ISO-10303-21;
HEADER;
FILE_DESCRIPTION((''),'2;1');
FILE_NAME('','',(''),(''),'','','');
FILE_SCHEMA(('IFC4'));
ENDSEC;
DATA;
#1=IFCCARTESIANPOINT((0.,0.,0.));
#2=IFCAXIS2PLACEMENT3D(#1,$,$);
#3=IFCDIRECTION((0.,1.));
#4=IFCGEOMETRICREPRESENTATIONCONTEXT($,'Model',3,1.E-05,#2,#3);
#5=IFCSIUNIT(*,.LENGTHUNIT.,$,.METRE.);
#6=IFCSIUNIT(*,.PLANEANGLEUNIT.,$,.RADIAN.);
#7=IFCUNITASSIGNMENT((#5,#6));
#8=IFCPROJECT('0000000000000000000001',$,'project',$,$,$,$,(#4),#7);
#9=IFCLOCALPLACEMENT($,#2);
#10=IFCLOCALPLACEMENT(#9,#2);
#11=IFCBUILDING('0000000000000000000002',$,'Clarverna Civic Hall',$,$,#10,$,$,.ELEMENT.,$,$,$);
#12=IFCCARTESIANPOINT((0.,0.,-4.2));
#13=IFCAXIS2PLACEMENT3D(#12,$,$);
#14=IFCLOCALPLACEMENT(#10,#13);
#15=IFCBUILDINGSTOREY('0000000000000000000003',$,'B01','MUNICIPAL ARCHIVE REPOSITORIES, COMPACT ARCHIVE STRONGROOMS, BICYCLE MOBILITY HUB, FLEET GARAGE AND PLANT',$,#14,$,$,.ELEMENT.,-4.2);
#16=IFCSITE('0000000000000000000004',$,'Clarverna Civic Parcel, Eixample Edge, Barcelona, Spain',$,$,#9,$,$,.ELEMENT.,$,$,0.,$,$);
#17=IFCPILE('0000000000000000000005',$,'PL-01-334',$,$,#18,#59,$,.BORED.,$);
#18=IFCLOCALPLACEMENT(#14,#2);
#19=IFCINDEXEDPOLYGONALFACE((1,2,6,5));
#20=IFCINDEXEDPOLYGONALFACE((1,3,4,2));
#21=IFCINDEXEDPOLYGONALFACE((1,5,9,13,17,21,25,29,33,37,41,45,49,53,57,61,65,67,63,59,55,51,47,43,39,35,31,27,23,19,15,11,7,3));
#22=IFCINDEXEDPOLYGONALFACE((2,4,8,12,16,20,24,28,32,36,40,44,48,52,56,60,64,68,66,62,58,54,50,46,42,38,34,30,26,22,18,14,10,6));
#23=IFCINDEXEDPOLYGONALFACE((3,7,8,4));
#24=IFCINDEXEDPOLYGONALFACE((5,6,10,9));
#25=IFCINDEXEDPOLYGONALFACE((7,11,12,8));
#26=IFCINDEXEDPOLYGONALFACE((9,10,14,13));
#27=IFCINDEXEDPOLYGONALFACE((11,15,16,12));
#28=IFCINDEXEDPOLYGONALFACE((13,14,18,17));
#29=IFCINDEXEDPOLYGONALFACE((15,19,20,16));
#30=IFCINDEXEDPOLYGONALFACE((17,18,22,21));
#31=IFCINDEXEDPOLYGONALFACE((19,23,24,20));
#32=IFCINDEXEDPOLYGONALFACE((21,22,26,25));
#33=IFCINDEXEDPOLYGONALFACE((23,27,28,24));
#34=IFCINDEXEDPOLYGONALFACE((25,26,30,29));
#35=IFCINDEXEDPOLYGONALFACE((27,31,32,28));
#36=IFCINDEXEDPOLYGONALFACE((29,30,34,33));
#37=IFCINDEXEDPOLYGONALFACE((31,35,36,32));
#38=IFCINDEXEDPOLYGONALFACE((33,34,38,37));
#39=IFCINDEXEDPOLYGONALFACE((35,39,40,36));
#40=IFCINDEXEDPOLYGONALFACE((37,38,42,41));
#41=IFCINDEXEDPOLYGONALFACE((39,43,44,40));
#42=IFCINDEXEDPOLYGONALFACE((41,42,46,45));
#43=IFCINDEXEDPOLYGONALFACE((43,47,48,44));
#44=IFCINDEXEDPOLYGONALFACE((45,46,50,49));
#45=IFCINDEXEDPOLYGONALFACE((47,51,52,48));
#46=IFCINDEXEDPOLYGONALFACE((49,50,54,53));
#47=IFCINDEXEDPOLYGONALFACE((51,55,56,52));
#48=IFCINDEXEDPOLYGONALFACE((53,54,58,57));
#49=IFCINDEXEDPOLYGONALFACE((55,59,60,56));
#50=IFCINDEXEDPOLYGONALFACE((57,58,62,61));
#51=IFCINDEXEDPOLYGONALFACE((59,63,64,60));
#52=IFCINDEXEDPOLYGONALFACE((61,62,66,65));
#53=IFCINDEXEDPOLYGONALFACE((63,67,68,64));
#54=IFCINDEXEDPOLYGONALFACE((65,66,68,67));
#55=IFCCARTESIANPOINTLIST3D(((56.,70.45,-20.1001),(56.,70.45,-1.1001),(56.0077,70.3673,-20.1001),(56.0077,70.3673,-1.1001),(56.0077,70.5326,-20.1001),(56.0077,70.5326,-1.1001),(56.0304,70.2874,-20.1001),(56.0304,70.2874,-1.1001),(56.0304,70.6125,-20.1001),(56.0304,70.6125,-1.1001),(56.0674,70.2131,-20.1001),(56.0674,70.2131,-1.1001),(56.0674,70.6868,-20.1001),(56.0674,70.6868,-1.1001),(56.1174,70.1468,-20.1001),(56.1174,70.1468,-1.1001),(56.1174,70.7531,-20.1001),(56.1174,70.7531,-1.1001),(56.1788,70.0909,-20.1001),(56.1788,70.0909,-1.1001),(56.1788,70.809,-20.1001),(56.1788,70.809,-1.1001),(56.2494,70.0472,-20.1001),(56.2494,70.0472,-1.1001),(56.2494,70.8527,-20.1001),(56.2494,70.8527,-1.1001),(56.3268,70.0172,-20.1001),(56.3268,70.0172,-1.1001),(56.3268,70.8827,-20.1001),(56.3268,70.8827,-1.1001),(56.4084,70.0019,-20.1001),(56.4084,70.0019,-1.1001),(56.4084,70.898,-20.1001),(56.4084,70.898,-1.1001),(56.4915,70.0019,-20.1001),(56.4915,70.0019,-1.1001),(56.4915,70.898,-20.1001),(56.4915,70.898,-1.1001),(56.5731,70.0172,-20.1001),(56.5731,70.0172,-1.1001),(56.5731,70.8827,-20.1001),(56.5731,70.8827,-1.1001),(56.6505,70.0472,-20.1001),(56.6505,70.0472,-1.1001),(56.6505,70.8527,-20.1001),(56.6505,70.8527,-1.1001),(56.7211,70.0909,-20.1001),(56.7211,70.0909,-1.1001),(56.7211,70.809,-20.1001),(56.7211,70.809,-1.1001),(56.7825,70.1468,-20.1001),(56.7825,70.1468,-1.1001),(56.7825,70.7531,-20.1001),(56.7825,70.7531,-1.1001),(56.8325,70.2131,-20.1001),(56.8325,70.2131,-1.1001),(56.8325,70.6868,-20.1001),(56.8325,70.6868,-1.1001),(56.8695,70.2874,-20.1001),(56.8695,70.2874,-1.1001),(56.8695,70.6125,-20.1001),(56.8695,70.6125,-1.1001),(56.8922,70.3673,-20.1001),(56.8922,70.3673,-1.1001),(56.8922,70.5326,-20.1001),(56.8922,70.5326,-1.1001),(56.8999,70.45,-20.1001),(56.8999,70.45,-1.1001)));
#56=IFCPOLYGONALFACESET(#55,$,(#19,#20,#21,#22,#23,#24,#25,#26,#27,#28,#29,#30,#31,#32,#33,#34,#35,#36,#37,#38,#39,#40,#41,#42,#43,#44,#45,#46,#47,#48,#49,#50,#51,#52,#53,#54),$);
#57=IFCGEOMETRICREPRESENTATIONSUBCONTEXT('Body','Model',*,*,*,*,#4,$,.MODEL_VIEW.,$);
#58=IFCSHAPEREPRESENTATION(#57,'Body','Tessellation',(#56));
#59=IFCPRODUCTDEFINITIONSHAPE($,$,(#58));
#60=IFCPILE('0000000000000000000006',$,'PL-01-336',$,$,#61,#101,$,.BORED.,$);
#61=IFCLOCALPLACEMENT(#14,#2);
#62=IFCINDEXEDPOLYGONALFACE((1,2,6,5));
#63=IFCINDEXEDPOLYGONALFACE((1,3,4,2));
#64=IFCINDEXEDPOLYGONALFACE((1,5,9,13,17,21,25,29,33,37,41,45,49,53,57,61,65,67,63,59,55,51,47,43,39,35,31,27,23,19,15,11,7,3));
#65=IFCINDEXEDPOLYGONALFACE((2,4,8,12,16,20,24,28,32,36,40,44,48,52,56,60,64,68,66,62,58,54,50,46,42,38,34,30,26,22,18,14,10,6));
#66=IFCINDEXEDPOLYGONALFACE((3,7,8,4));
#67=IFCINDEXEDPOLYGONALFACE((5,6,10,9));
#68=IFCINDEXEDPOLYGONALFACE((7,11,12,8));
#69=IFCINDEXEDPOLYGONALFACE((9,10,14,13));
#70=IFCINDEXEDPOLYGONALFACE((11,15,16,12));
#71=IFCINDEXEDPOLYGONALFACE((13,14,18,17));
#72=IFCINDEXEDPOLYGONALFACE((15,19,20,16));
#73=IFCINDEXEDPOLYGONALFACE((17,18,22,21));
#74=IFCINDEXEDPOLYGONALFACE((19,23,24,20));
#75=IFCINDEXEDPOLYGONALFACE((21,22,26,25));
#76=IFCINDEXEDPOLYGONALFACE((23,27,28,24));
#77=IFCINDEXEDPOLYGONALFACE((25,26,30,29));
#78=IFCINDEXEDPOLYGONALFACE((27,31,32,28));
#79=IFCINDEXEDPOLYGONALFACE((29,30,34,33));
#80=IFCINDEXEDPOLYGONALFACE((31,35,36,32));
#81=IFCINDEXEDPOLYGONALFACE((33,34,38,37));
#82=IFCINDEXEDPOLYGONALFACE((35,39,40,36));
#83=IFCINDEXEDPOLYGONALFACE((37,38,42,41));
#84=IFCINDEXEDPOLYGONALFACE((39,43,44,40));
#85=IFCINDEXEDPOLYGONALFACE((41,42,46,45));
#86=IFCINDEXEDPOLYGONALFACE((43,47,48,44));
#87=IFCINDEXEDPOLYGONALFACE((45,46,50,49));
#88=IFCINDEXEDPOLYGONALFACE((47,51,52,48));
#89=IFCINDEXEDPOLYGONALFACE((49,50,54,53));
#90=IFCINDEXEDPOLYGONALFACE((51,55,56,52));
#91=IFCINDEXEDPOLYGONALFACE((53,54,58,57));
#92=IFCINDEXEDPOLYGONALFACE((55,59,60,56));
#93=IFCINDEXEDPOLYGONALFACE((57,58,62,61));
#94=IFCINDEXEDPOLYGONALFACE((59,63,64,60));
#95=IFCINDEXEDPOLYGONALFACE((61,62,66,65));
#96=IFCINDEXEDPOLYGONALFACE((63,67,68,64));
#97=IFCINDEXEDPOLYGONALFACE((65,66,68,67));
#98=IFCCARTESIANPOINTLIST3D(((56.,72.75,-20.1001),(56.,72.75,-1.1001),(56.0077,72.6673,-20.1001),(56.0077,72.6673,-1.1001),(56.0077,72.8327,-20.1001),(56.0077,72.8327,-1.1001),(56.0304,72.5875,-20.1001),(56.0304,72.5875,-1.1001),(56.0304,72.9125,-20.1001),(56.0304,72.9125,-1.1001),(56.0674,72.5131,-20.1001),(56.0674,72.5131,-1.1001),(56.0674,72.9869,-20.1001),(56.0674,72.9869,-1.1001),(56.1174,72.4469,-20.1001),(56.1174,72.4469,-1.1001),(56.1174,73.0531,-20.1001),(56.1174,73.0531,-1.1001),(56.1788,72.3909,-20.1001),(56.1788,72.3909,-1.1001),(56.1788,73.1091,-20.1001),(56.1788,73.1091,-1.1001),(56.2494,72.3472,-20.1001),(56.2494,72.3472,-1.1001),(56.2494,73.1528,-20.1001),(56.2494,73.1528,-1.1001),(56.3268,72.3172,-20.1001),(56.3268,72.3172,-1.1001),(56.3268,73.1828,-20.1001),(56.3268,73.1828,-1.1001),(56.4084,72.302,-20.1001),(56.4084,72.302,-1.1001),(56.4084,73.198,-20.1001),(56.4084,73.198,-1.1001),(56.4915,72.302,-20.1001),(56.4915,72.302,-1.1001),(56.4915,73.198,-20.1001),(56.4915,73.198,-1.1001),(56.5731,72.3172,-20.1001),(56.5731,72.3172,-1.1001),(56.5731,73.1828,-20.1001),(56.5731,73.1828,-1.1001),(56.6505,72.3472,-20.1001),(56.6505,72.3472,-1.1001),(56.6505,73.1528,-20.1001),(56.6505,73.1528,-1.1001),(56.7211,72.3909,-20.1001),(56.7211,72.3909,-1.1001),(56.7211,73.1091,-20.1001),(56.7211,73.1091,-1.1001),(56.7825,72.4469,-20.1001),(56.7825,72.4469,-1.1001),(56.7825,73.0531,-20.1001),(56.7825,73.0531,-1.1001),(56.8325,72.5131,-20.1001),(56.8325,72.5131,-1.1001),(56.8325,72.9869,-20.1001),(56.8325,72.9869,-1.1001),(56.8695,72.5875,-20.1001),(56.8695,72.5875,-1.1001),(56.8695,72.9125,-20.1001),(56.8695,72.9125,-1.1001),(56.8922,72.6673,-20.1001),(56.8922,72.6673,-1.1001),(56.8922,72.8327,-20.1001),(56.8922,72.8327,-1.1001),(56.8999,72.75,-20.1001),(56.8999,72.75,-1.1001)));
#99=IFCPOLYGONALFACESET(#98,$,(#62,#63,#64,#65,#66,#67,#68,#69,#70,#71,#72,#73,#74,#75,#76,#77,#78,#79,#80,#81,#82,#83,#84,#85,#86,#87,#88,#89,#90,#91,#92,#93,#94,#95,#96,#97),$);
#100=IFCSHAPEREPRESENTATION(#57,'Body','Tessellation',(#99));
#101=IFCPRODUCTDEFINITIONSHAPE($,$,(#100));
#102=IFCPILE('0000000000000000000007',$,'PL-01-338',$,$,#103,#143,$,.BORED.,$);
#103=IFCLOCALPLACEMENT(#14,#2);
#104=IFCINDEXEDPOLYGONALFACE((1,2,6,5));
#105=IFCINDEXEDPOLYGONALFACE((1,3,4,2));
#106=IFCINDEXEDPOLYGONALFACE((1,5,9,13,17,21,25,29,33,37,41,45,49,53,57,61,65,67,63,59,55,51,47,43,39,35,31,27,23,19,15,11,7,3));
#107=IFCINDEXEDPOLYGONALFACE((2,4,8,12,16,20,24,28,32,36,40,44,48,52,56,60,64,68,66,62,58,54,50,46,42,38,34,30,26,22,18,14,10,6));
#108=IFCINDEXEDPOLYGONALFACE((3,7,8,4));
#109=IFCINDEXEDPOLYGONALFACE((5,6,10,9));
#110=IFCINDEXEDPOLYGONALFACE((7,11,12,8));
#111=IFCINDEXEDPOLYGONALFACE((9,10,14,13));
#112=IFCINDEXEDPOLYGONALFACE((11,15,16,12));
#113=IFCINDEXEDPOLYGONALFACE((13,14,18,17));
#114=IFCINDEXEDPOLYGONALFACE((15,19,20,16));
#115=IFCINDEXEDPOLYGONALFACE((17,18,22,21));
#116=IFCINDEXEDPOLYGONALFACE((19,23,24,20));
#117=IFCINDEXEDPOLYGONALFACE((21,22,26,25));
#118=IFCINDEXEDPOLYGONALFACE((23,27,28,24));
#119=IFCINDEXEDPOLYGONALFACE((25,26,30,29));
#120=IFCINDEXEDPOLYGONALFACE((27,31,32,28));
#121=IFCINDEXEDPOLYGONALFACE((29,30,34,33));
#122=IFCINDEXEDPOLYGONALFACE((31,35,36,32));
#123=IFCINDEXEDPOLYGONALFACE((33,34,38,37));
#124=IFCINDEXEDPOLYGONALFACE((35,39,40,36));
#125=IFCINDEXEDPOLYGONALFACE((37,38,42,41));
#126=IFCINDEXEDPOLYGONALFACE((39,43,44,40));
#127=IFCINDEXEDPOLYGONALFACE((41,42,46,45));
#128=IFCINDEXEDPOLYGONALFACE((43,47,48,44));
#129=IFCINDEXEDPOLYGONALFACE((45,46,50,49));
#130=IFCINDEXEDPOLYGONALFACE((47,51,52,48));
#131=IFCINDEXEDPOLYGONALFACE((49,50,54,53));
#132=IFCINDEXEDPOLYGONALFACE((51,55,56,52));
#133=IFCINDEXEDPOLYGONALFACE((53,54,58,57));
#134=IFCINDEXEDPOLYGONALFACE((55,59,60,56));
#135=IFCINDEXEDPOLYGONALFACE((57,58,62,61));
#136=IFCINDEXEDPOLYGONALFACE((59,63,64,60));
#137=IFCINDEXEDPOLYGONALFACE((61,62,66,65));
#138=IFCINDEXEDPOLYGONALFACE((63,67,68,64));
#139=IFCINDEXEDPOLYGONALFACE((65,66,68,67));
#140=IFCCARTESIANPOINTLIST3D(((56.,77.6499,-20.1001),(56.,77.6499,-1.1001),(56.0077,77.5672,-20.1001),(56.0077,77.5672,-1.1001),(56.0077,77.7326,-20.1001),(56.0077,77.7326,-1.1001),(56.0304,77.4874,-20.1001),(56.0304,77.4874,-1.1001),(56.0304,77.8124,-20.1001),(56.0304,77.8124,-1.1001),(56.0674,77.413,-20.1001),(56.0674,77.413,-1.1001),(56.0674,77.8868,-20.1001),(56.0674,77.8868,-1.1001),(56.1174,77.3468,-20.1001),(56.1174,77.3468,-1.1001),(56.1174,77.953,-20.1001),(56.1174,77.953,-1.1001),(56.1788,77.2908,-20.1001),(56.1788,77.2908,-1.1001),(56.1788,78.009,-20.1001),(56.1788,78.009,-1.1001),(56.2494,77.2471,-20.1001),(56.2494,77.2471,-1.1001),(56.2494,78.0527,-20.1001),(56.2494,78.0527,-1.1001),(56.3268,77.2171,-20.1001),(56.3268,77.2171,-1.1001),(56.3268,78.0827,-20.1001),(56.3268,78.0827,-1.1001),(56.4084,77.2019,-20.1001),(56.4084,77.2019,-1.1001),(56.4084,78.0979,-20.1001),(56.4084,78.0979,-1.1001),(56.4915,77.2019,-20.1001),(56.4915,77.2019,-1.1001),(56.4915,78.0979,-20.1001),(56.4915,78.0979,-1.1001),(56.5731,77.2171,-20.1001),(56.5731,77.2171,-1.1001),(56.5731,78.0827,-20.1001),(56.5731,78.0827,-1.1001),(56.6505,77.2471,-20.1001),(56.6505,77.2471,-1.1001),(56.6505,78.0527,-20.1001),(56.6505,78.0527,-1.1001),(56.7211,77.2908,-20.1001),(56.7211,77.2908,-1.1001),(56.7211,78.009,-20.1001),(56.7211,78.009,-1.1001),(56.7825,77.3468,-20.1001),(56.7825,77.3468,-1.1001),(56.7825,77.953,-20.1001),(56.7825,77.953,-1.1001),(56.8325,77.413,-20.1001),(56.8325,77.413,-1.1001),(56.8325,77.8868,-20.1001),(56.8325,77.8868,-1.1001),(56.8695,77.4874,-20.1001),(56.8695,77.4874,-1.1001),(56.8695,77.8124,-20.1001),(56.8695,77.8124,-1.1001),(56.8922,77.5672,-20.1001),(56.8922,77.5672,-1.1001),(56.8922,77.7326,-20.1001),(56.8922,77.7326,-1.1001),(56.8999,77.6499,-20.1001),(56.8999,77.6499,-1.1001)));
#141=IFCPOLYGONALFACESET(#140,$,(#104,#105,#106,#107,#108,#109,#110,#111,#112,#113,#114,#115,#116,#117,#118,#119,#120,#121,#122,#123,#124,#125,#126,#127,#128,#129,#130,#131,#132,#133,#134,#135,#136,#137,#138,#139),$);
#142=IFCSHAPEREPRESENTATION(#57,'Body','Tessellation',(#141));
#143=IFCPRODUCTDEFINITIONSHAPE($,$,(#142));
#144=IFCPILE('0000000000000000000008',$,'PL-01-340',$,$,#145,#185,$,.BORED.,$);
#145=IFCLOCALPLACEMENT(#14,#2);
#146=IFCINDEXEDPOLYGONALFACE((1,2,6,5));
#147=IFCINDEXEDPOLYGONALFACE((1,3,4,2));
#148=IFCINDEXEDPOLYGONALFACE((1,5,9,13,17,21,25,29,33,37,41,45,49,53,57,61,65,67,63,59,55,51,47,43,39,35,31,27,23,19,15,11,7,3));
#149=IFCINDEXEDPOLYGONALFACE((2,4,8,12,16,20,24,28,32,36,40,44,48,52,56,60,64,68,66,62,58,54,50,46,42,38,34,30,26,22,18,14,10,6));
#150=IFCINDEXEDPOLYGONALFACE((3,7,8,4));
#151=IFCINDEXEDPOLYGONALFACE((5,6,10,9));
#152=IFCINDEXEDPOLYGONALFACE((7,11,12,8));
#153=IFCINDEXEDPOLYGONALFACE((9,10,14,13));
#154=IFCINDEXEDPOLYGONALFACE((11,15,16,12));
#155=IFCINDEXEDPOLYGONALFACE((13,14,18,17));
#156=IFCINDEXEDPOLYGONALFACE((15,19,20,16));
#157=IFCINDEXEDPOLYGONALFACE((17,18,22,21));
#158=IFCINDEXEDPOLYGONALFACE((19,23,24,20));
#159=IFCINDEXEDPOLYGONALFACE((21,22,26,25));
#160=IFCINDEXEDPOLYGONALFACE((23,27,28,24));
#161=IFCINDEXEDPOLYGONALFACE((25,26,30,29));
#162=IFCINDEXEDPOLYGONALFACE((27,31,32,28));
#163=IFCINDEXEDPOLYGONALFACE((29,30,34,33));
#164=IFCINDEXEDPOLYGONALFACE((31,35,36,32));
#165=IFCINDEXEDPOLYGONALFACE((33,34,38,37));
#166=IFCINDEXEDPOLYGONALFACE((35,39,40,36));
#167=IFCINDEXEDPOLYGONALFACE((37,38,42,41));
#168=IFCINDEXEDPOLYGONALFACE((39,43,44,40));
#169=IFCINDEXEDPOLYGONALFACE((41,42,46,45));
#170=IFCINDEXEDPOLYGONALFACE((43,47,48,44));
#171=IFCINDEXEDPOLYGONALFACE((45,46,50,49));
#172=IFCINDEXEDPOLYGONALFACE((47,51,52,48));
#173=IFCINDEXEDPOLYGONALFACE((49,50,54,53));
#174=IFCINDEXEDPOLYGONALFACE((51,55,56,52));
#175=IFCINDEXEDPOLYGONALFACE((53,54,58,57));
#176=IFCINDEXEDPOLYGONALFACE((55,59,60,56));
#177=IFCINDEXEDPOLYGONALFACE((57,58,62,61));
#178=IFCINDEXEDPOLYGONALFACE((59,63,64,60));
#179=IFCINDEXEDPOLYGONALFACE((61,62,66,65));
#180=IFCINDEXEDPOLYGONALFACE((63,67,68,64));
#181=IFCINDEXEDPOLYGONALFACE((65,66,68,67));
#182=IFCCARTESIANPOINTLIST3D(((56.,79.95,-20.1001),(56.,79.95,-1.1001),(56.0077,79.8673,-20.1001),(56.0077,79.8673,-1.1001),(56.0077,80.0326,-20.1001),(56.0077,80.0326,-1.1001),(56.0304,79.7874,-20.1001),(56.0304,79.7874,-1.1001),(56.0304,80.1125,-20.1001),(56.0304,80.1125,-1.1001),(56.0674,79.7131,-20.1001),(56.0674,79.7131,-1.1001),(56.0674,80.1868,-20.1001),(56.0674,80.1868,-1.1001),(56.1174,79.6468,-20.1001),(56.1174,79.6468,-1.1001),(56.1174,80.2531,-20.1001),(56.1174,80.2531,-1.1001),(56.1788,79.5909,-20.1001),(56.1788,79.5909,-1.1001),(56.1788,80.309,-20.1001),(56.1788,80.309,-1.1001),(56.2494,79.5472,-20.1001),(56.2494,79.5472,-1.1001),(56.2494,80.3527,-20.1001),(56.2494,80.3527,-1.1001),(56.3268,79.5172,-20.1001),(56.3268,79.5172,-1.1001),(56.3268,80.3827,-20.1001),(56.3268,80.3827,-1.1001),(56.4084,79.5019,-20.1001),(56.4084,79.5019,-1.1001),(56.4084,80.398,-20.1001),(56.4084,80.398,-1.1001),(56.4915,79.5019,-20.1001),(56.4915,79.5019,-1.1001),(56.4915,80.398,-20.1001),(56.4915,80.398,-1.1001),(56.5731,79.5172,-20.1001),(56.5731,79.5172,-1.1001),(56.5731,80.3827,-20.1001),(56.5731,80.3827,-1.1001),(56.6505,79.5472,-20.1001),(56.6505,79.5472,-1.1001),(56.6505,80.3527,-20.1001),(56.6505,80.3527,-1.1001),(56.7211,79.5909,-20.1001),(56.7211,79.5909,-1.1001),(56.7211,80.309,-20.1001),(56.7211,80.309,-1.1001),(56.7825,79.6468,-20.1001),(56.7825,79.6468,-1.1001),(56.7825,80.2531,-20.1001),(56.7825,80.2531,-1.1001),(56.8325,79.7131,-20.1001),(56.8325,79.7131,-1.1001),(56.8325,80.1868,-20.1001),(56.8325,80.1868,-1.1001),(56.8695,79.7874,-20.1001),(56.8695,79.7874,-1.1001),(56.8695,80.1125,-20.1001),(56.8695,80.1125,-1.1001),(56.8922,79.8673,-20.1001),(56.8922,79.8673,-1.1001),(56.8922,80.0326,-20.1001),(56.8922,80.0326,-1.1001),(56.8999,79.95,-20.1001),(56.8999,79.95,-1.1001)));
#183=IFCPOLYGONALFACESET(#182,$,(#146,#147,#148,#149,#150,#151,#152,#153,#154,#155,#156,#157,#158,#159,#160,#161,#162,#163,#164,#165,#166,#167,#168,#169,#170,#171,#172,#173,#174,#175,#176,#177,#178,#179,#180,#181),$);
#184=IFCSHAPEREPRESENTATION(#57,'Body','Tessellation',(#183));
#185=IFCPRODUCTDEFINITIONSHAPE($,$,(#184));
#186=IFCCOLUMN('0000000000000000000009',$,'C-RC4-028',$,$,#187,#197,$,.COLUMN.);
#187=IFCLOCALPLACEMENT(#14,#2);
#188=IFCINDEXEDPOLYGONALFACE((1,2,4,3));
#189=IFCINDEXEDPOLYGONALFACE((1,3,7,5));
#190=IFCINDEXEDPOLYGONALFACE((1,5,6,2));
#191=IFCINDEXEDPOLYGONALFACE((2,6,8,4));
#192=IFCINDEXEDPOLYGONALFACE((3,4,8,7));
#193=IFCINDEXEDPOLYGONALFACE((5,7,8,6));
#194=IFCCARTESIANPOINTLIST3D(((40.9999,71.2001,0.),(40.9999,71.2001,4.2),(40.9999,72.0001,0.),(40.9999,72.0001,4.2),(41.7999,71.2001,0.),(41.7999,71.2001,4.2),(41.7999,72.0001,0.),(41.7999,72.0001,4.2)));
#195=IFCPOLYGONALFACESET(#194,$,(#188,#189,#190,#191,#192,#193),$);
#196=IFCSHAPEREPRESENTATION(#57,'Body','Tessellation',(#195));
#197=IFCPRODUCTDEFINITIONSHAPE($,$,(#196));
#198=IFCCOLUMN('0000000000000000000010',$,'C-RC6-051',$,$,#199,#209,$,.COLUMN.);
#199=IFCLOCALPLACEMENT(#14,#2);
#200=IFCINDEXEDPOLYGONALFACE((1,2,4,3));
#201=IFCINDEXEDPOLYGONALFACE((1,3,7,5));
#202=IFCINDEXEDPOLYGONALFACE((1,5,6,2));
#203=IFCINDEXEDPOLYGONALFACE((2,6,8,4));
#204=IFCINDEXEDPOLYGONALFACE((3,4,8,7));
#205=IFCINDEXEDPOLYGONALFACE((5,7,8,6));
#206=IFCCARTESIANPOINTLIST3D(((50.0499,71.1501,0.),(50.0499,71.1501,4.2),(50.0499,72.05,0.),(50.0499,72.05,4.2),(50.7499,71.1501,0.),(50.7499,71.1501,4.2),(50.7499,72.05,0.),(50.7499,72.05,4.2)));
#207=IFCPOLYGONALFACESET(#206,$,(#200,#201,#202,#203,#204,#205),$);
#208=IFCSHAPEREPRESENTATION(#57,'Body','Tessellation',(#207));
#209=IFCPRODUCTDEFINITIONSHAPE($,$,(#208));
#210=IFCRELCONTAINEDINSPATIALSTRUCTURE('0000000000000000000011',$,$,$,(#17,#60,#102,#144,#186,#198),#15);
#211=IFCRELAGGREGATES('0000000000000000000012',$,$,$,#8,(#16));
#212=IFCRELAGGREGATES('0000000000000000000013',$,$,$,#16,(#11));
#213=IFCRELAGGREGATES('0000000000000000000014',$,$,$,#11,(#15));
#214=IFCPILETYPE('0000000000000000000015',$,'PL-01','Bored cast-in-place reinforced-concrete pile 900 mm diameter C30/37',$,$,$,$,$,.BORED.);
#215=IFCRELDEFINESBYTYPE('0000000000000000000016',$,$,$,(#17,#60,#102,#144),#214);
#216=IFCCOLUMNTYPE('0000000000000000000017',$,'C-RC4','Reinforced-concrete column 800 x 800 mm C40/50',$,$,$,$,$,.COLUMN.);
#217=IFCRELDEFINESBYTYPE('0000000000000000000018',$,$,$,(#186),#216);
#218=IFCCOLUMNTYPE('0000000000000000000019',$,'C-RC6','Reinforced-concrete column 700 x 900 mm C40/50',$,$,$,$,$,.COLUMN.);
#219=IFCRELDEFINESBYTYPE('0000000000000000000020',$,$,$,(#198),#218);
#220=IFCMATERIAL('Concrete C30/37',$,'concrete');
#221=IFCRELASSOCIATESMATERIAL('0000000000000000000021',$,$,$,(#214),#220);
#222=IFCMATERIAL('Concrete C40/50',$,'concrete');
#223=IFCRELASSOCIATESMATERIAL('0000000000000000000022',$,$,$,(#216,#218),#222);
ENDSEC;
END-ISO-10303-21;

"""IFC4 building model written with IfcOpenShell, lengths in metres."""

from ifc_helpers import new_model, si_unit, direction, frame, origin, origin_2d, place, context, subcontext, project, spatial, rectangle, circle, extrude, material, material_profile, profile_set, type_object, element, save


model = new_model("IFC4")

# Units and contexts
model_context = context("Model", 3, precision=1e-05, world=origin(), true_north=direction((0.0, 1.0)))
body_context = subcontext(model_context, "Body", "Model", "MODEL_VIEW")
ifc_project = project(units=[si_unit("LENGTHUNIT", "METRE"), si_unit("PLANEANGLEUNIT", "RADIAN")], contexts=[model_context])

# Site, building, storey
site_placement = place(None, origin())
site = spatial("IfcSite", under=ifc_project, at=site_placement, Name="Clarverna Civic Parcel, Eixample Edge, Barcelona, Spain", CompositionType="ELEMENT", RefElevation=0.0)
building_placement = place(site_placement, origin())
building = spatial("IfcBuilding", under=site, at=building_placement, Name="Clarverna Civic Hall", CompositionType="ELEMENT")
storey_placement = place(building_placement, frame((0.0, 0.0, -4.2)))
storey = spatial("IfcBuildingStorey", under=building, at=storey_placement, Name="B01", Description="MUNICIPAL ARCHIVE REPOSITORIES, COMPACT ARCHIVE STRONGROOMS, BICYCLE MOBILITY HUB, FLEET GARAGE AND PLANT", CompositionType="ELEMENT", Elevation=-4.2)

# Shared definitions
ifc_material_1 = material(Name="Concrete C30/37", Category="concrete")

# Piles
ifc_material_profile_1 = material_profile(ifc_material_1, circle(Radius=0.45, at=origin_2d()), Name="BORED PILE D900")
ifc_profile_set_1 = profile_set([ifc_material_profile_1], Name="Concrete C30/37")
pile_type = type_object("IfcPileType", Name="PL-01", Description="Bored cast-in-place reinforced-concrete pile 900 mm diameter C30/37", PredefinedType="BORED", material=ifc_profile_set_1)
for number, where, z_axis, x_axis, name in (
    (1, (56.45, 70.45, -1.1001), (0.0, 0.0, -1.0), (1.0, 0.0, 0.0), "PL-01-334"),
    (2, (56.45, 72.75, -1.1001), (0.0, 0.0, -1.0), (1.0, 0.0, 0.0), "PL-01-336"),
    (3, (56.45, 77.6499, -1.1001), (0.0, 0.0, -1.0), (1.0, 0.0, 0.0), "PL-01-338"),
    (4, (56.45, 79.95, -1.1001), (0.0, 0.0, -1.0), (1.0, 0.0, 0.0), "PL-01-340"),
):
    element("IfcPile", number, at=place(storey_placement, frame(where, z_axis=z_axis, x_axis=x_axis)), inside=storey, type_object=pile_type, Name=name, PredefinedType="BORED", context=body_context, shape_type="SweptSolid", body=[
        extrude(circle(Radius=0.45, at=origin_2d()), origin(), (0.0, 0.0, 1.0), 19.0),
    ])

# Columns
ifc_material_2 = material(Name="Concrete C40/50", Category="concrete")
ifc_material_profile_2 = material_profile(ifc_material_2, rectangle(XDim=0.8, YDim=0.8, at=origin_2d()), Name="RC 800x800")
ifc_profile_set_2 = profile_set([ifc_material_profile_2], Name="Concrete C40/50")
column_type_1 = type_object("IfcColumnType", Name="C-RC4", Description="Reinforced-concrete column 800 x 800 mm C40/50", PredefinedType="COLUMN", material=ifc_profile_set_2)
column_1_placement = place(storey_placement, frame((41.3999, 71.6001, 0.0), z_axis=(0.0, 0.0, 1.0), x_axis=(1.0, 0.0, 0.0)))
element("IfcColumn", 5, at=column_1_placement, inside=storey, type_object=column_type_1, Name="C-RC4-028", PredefinedType="COLUMN", context=body_context, shape_type="SweptSolid", body=[
    extrude(rectangle(XDim=0.8, YDim=0.8, at=origin_2d()), origin(), (0.0, 0.0, 1.0), 4.2),
])
ifc_material_profile_3 = material_profile(ifc_material_2, rectangle(XDim=0.7, YDim=0.8999, at=origin_2d()), Name="RC 700x900")
ifc_profile_set_3 = profile_set([ifc_material_profile_3], Name="Concrete C40/50")
column_type_2 = type_object("IfcColumnType", Name="C-RC6", Description="Reinforced-concrete column 700 x 900 mm C40/50", PredefinedType="COLUMN", material=ifc_profile_set_3)
column_2_placement = place(storey_placement, frame((50.3999, 71.6001, 0.0), z_axis=(0.0, 0.0, 1.0), x_axis=(1.0, 0.0, 0.0)))
element("IfcColumn", 6, at=column_2_placement, inside=storey, type_object=column_type_2, Name="C-RC6-051", PredefinedType="COLUMN", context=body_context, shape_type="SweptSolid", body=[
    extrude(rectangle(XDim=0.7, YDim=0.8999, at=origin_2d()), origin(), (0.0, 0.0, 1.0), 4.2),
])

save(model, "model.ifc")
